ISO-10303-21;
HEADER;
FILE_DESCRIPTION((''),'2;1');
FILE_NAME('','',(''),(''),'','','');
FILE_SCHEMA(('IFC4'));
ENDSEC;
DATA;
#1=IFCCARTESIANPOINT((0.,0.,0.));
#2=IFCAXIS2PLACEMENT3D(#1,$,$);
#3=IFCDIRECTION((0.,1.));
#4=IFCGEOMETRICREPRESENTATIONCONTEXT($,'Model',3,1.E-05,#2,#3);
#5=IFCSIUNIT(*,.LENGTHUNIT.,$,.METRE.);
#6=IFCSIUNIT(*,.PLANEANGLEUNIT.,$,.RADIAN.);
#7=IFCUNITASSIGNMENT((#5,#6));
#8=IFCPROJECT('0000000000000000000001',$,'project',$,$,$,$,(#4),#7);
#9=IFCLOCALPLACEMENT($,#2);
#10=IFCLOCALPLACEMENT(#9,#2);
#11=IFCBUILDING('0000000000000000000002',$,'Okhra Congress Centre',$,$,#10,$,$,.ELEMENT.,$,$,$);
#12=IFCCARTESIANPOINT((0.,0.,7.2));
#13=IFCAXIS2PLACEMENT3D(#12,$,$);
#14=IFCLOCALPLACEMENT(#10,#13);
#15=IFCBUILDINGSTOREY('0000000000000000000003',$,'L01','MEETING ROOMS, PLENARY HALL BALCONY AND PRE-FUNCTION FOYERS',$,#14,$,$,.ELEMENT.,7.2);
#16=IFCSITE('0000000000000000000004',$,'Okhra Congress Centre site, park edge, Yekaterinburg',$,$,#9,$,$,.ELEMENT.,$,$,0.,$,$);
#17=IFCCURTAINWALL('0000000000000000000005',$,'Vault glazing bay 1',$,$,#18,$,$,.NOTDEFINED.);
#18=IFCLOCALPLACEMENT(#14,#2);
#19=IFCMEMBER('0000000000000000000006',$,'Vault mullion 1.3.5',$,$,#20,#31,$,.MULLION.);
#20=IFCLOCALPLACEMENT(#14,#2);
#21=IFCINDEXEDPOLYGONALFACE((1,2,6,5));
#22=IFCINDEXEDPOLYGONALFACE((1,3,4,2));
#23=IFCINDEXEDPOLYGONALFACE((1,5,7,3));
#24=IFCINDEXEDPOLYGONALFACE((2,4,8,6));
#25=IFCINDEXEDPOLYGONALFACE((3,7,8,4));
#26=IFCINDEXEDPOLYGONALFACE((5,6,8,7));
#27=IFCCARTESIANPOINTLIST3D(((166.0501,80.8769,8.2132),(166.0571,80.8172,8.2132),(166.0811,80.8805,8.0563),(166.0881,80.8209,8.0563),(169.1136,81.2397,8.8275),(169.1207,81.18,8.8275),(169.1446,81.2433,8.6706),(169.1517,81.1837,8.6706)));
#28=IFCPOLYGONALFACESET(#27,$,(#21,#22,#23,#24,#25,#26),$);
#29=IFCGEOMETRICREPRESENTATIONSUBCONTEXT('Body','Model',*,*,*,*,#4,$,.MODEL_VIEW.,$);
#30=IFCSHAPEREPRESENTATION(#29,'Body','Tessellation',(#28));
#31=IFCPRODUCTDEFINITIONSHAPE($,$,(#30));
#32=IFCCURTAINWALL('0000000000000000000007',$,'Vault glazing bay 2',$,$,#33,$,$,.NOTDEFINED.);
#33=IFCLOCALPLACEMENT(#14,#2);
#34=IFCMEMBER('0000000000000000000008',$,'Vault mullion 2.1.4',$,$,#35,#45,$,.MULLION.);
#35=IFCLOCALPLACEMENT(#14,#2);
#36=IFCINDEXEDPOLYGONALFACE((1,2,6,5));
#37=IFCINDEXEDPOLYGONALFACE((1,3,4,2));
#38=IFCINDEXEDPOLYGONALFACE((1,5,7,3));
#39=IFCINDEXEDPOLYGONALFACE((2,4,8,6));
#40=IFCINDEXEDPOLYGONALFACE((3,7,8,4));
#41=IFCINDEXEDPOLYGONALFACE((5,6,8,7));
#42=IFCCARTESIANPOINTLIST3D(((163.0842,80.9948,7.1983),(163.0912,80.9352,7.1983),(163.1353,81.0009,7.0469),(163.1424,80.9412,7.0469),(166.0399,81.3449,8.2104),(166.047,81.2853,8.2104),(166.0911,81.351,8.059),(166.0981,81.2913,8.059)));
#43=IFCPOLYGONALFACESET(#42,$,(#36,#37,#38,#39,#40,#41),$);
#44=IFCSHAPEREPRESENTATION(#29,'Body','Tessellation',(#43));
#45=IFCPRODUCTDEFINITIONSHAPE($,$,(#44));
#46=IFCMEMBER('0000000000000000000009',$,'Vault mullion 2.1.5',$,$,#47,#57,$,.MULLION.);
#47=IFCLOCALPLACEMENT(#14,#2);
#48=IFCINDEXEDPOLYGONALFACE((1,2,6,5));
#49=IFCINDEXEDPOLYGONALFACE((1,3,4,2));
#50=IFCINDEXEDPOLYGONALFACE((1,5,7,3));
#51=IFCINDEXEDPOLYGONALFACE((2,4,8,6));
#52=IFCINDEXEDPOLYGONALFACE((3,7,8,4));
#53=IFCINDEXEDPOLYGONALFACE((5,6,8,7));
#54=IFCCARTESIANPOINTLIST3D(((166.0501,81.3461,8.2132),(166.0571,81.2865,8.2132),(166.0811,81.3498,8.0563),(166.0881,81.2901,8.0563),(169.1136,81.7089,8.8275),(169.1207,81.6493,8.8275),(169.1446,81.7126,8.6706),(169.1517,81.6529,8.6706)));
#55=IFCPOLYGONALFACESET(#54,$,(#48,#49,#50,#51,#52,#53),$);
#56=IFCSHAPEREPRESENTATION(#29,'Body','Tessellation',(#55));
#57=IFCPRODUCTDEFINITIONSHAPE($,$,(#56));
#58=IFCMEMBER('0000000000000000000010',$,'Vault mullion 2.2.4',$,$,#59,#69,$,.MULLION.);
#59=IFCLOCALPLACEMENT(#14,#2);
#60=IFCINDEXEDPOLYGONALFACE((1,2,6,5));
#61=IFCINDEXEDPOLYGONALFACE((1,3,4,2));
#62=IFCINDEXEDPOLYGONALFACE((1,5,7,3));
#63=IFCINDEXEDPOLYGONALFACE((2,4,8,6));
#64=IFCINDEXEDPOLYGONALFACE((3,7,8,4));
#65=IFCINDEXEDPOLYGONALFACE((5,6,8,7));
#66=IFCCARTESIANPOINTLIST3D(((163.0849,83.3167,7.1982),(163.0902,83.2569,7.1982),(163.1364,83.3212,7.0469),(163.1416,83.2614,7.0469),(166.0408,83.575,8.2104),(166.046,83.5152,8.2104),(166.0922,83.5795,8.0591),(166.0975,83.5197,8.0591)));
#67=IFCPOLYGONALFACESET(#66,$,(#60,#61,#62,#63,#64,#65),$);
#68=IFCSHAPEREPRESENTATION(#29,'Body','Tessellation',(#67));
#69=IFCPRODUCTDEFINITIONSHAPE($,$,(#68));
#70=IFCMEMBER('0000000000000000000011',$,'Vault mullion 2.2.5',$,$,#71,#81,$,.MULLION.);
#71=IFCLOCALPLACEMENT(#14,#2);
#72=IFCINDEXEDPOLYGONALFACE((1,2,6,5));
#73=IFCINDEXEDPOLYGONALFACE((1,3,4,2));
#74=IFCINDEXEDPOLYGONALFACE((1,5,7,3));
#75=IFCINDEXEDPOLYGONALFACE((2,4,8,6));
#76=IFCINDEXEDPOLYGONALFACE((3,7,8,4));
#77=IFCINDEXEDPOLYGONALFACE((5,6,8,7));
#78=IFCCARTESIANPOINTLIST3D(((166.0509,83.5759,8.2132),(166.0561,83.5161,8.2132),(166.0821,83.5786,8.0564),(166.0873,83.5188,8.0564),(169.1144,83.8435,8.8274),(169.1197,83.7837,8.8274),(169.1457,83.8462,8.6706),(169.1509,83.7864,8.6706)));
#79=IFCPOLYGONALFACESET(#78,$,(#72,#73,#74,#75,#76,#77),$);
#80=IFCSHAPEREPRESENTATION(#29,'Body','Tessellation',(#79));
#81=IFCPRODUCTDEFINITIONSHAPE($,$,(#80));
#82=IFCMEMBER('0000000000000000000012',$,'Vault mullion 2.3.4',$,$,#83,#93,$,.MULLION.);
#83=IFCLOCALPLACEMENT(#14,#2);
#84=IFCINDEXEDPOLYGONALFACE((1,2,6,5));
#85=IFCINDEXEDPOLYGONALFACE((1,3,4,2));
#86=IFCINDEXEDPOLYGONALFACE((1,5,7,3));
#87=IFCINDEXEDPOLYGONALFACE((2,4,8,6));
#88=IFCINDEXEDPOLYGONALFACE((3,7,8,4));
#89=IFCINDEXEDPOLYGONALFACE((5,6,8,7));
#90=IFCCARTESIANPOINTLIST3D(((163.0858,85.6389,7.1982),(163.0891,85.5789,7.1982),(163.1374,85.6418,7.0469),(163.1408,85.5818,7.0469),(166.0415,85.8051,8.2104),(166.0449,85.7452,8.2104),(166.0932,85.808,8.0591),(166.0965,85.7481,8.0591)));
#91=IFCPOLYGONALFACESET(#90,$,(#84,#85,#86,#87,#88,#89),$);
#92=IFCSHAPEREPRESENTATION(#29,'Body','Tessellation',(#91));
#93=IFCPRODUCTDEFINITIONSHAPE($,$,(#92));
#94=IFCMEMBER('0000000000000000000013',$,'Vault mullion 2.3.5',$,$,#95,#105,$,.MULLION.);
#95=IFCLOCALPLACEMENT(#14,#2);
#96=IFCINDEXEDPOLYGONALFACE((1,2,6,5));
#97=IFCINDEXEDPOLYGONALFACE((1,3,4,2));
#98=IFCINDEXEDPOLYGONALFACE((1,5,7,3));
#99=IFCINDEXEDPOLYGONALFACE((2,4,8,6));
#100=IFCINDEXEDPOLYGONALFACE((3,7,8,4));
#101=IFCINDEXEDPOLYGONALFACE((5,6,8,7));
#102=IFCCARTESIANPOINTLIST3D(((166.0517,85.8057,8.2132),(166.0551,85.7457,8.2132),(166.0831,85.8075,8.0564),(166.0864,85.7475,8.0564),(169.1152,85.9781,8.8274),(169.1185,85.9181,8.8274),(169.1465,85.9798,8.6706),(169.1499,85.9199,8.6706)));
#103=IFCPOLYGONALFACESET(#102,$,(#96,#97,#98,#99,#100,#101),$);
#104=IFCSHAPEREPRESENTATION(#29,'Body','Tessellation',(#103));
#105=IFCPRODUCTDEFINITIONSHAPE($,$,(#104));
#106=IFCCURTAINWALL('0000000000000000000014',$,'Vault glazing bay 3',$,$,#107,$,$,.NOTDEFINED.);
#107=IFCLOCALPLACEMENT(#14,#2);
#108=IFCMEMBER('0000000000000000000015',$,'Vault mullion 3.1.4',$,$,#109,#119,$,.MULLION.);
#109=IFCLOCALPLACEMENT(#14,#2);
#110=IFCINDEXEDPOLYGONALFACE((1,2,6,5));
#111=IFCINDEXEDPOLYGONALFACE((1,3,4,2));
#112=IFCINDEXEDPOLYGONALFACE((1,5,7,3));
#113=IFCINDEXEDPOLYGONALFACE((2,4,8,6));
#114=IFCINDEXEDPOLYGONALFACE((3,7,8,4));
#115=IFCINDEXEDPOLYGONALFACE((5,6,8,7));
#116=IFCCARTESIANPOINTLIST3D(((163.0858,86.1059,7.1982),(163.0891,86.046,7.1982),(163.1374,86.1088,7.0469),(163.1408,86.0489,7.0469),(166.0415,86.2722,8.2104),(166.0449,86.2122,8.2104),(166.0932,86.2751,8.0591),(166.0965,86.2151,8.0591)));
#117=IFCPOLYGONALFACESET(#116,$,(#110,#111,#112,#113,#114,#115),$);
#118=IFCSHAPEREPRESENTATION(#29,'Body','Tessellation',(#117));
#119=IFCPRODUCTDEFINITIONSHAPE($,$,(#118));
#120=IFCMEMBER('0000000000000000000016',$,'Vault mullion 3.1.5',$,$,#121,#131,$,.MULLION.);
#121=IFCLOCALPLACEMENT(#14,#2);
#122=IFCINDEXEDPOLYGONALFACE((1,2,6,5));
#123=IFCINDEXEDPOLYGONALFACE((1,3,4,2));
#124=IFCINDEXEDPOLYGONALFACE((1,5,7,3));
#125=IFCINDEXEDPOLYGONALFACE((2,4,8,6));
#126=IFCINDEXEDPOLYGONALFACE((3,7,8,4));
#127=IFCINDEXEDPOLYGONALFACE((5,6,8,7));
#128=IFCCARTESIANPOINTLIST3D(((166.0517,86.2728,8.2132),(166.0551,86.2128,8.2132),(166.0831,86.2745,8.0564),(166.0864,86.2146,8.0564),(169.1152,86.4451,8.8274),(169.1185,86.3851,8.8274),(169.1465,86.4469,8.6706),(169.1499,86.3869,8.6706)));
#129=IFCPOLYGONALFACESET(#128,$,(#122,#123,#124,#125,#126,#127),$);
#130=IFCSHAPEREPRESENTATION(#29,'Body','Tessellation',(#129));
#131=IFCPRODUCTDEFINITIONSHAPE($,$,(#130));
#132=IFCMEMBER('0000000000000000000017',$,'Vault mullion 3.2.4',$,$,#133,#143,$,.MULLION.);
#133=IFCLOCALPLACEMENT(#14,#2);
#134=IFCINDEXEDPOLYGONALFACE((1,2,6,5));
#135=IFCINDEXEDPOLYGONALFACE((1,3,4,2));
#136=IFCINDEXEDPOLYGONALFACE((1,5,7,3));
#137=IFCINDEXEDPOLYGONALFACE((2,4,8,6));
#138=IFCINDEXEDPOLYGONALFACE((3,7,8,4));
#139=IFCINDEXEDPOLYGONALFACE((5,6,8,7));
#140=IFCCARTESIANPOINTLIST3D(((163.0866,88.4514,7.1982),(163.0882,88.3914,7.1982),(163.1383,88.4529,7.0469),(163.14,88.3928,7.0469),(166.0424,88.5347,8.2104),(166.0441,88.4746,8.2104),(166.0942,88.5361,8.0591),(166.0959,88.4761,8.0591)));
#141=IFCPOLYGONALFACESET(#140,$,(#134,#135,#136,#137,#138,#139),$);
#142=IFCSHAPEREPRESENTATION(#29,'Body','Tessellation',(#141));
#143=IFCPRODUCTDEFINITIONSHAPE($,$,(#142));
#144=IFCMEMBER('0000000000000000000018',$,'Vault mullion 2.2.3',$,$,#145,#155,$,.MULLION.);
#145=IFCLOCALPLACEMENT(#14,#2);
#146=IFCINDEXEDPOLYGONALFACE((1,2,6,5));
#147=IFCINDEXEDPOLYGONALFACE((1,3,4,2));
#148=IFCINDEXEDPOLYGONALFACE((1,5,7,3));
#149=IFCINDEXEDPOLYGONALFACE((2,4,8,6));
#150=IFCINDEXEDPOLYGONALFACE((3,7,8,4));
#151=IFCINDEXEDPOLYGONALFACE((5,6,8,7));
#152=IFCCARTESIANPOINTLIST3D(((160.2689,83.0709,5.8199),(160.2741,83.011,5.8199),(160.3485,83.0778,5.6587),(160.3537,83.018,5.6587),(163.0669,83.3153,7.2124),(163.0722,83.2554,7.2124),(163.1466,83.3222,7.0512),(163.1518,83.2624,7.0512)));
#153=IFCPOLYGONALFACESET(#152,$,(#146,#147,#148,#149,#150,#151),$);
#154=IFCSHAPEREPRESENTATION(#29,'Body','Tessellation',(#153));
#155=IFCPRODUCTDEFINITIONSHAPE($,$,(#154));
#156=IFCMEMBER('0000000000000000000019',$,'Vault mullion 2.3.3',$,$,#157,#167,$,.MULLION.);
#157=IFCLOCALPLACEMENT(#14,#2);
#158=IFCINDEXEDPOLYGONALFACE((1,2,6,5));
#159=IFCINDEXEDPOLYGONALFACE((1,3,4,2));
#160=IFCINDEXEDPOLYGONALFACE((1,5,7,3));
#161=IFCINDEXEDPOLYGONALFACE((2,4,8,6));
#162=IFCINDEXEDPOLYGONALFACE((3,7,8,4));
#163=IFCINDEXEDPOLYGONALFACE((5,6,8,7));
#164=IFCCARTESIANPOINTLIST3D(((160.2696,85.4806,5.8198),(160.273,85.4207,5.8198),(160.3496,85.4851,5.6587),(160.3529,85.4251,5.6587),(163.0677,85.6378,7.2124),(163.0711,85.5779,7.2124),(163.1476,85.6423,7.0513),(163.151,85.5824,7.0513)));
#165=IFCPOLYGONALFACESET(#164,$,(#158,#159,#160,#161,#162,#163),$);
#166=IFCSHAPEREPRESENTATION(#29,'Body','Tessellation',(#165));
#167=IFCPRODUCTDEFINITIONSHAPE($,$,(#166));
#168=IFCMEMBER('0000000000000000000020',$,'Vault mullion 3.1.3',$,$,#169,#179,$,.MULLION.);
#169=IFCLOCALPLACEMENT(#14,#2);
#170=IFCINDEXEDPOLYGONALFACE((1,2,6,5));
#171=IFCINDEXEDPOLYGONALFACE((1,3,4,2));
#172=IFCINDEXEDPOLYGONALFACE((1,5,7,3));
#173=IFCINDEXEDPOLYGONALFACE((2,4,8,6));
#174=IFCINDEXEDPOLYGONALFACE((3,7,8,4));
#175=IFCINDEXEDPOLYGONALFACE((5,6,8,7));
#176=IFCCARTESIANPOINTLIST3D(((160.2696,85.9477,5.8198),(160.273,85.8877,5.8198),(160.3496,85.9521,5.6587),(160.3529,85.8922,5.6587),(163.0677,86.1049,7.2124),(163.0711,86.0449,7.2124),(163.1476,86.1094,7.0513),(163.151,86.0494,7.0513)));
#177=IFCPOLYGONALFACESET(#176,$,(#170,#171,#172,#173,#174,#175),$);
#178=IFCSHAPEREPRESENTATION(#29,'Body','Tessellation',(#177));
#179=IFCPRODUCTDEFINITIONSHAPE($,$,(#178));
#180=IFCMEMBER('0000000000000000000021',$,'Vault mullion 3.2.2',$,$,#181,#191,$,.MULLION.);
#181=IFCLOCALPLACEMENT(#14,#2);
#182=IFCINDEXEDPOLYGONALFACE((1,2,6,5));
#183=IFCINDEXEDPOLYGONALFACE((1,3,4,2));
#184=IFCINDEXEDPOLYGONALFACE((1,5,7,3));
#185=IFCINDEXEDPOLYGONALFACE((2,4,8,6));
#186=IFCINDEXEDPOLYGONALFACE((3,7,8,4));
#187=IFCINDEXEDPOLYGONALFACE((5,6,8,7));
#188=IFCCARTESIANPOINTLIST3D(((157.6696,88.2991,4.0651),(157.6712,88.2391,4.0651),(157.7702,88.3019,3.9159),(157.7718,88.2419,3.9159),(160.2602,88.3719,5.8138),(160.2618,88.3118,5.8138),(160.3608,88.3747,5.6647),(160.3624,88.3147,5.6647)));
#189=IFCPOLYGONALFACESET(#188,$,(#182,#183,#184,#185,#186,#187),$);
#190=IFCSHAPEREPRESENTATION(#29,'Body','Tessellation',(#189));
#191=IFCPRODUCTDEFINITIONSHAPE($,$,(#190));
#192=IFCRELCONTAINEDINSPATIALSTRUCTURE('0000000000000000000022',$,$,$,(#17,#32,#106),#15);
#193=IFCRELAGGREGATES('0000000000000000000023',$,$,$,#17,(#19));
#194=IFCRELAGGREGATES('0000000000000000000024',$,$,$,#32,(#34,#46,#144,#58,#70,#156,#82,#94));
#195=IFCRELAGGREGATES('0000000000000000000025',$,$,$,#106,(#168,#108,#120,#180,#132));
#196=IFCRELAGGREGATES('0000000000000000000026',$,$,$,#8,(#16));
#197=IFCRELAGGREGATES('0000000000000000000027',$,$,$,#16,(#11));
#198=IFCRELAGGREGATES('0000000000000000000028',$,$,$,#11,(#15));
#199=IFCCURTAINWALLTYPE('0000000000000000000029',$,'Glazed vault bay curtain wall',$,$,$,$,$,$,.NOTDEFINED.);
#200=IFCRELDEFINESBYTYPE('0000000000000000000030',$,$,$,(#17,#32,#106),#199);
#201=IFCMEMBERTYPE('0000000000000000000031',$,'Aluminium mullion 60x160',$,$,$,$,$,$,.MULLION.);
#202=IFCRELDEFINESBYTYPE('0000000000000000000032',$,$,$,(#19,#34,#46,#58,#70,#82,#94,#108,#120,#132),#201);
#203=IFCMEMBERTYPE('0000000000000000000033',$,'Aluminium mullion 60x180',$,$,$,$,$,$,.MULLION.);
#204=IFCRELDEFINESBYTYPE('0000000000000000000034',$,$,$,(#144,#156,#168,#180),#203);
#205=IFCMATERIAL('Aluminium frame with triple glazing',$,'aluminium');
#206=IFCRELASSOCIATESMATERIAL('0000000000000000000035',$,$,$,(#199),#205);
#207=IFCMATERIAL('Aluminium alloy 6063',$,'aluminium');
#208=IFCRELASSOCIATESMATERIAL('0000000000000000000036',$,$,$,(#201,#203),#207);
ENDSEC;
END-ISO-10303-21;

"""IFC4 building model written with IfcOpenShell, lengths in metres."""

from ifc_helpers import new_model, si_unit, direction, frame, origin, origin_2d, place, context, subcontext, project, spatial, rectangle, extrude, material, material_profile, profile_set, type_object, element, aggregate, save


model = new_model("IFC4")

# Units and contexts
model_context = context("Model", 3, precision=1e-05, world=origin(), true_north=direction((0.0, 1.0)))
body_context = subcontext(model_context, "Body", "Model", "MODEL_VIEW")
ifc_project = project(units=[si_unit("LENGTHUNIT", "METRE"), si_unit("PLANEANGLEUNIT", "RADIAN")], contexts=[model_context])

# Site, building, storey
site_placement = place(None, origin())
site = spatial("IfcSite", under=ifc_project, at=site_placement, Name="Okhra Congress Centre site, park edge, Yekaterinburg", CompositionType="ELEMENT", RefElevation=0.0)
building_placement = place(site_placement, origin())
building = spatial("IfcBuilding", under=site, at=building_placement, Name="Okhra Congress Centre", CompositionType="ELEMENT")
storey_placement = place(building_placement, frame((0.0, 0.0, 7.2)))
storey = spatial("IfcBuildingStorey", under=building, at=storey_placement, Name="L01", Description="MEETING ROOMS, PLENARY HALL BALCONY AND PRE-FUNCTION FOYERS", CompositionType="ELEMENT", Elevation=7.2)

# Curtain wall, member
ifc_material_1 = material(Name="Aluminium frame with triple glazing", Category="aluminium")
curtain_wall_type = type_object("IfcCurtainWallType", Name="Glazed vault bay curtain wall", PredefinedType="NOTDEFINED", material=ifc_material_1)
curtain_wall_1_placement = place(storey_placement, origin())
curtain_wall_1 = element("IfcCurtainWall", 1, at=curtain_wall_1_placement, inside=storey, type_object=curtain_wall_type, Name="Vault glazing bay 1", PredefinedType="NOTDEFINED")
ifc_material_2 = material(Name="Aluminium alloy 6063", Category="aluminium")
ifc_material_profile_1 = material_profile(ifc_material_2, rectangle(XDim=0.0601, YDim=0.1599, at=origin_2d()), Name="AL 60x160")
ifc_profile_set_1 = profile_set([ifc_material_profile_1], Name="Aluminium alloy 6063")
member_type_1 = type_object("IfcMemberType", Name="Aluminium mullion 60x160", PredefinedType="MULLION", material=ifc_profile_set_1)
member_1_placement = place(storey_placement, frame((166.0691, 80.8489, 8.1348), z_axis=(0.973941, 0.115339, 0.195285), x_axis=(-0.117603, 0.993061, 0.0)))
member_1 = element("IfcMember", 2, at=member_1_placement, type_object=member_type_1, Name="Vault mullion 1.3.5", PredefinedType="MULLION", context=body_context, shape_type="SweptSolid", body=[
    extrude(rectangle(XDim=0.0601, YDim=0.1599, at=origin_2d()), origin(), (0.0, 0.0, 1.0), 3.1455),
])
aggregate(curtain_wall_1, [member_1])

# Curtain walls, members
curtain_wall_2_placement = place(storey_placement, origin())
curtain_wall_2 = element("IfcCurtainWall", 3, at=curtain_wall_2_placement, inside=storey, type_object=curtain_wall_type, Name="Vault glazing bay 2", PredefinedType="NOTDEFINED")
member_2_placement = place(storey_placement, frame((163.1133, 80.968, 7.1226), z_axis=(0.940181, 0.111359, 0.321962), x_axis=(-0.117622, 0.993058, 0.0)))
member_2 = element("IfcMember", 4, at=member_2_placement, type_object=member_type_1, Name="Vault mullion 2.1.4", PredefinedType="MULLION", context=body_context, shape_type="SweptSolid", body=[
    extrude(rectangle(XDim=0.0601, YDim=0.1599, at=origin_2d()), origin(), (0.0, 0.0, 1.0), 3.1438),
])
member_3_placement = place(storey_placement, frame((166.0691, 81.3181, 8.1348), z_axis=(0.973941, 0.115339, 0.195285), x_axis=(-0.117603, 0.993061, 0.0)))
member_3 = element("IfcMember", 5, at=member_3_placement, type_object=member_type_1, Name="Vault mullion 2.1.5", PredefinedType="MULLION", context=body_context, shape_type="SweptSolid", body=[
    extrude(rectangle(XDim=0.0601, YDim=0.1599, at=origin_2d()), origin(), (0.0, 0.0, 1.0), 3.1455),
])
member_4_placement = place(storey_placement, frame((163.1133, 83.2891, 7.1226), z_axis=(0.942848, 0.082393, 0.322875), x_axis=(-0.087056, 0.996203, 0.0)))
member_4 = element("IfcMember", 6, at=member_4_placement, type_object=member_type_1, Name="Vault mullion 2.2.4", PredefinedType="MULLION", context=body_context, shape_type="SweptSolid", body=[
    extrude(rectangle(XDim=0.0601, YDim=0.1599, at=origin_2d()), origin(), (0.0, 0.0, 1.0), 3.135),
])
member_5_placement = place(storey_placement, frame((166.0691, 83.5474, 8.1348), z_axis=(0.976909, 0.085328, 0.19588), x_axis=(-0.087013, 0.996207, 0.0)))
member_5 = element("IfcMember", 7, at=member_5_placement, type_object=member_type_1, Name="Vault mullion 2.2.5", PredefinedType="MULLION", context=body_context, shape_type="SweptSolid", body=[
    extrude(rectangle(XDim=0.0601, YDim=0.1599, at=origin_2d()), origin(), (0.0, 0.0, 1.0), 3.136),
])
member_6_placement = place(storey_placement, frame((163.1133, 85.6104, 7.1226), z_axis=(0.944728, 0.05314, 0.323519), x_axis=(-0.05616, 0.998422, 0.0)))
member_6 = element("IfcMember", 8, at=member_6_placement, type_object=member_type_1, Name="Vault mullion 2.3.4", PredefinedType="MULLION", context=body_context, shape_type="SweptSolid", body=[
    extrude(rectangle(XDim=0.0601, YDim=0.1599, at=origin_2d()), origin(), (0.0, 0.0, 1.0), 3.1287),
])
member_7_placement = place(storey_placement, frame((166.0691, 85.7766, 8.1348), z_axis=(0.978996, 0.055082, 0.196298), x_axis=(-0.056175, 0.998421, 0.0)))
member_7 = element("IfcMember", 9, at=member_7_placement, type_object=member_type_1, Name="Vault mullion 2.3.5", PredefinedType="MULLION", context=body_context, shape_type="SweptSolid", body=[
    extrude(rectangle(XDim=0.0601, YDim=0.1599, at=origin_2d()), origin(), (0.0, 0.0, 1.0), 3.1292),
])
curtain_wall_3_placement = place(storey_placement, origin())
curtain_wall_3 = element("IfcCurtainWall", 10, at=curtain_wall_3_placement, inside=storey, type_object=curtain_wall_type, Name="Vault glazing bay 3", PredefinedType="NOTDEFINED")
member_8_placement = place(storey_placement, frame((163.1133, 86.0774, 7.1226), z_axis=(0.944728, 0.05314, 0.323519), x_axis=(-0.05616, 0.998422, 0.0)))
member_8 = element("IfcMember", 11, at=member_8_placement, type_object=member_type_1, Name="Vault mullion 3.1.4", PredefinedType="MULLION", context=body_context, shape_type="SweptSolid", body=[
    extrude(rectangle(XDim=0.0601, YDim=0.1599, at=origin_2d()), origin(), (0.0, 0.0, 1.0), 3.1287),
])
member_9_placement = place(storey_placement, frame((166.0691, 86.2437, 8.1348), z_axis=(0.978996, 0.055082, 0.196298), x_axis=(-0.056175, 0.998421, 0.0)))
member_9 = element("IfcMember", 12, at=member_9_placement, type_object=member_type_1, Name="Vault mullion 3.1.5", PredefinedType="MULLION", context=body_context, shape_type="SweptSolid", body=[
    extrude(rectangle(XDim=0.0601, YDim=0.1599, at=origin_2d()), origin(), (0.0, 0.0, 1.0), 3.1292),
])
member_10_placement = place(storey_placement, frame((163.1133, 88.4221, 7.1226), z_axis=(0.945729, 0.026637, 0.323862), x_axis=(-0.028154, 0.999604, 0.0)))
member_10 = element("IfcMember", 13, at=member_10_placement, type_object=member_type_1, Name="Vault mullion 3.2.4", PredefinedType="MULLION", context=body_context, shape_type="SweptSolid", body=[
    extrude(rectangle(XDim=0.0601, YDim=0.1599, at=origin_2d()), origin(), (0.0, 0.0, 1.0), 3.1255),
])

# Members
ifc_material_profile_2 = material_profile(ifc_material_2, rectangle(XDim=0.0601, YDim=0.1799, at=origin_2d()), Name="AL 60x180")
ifc_profile_set_2 = profile_set([ifc_material_profile_2], Name="Aluminium alloy 6063")
member_type_2 = type_object("IfcMemberType", Name="Aluminium mullion 60x180", PredefinedType="MULLION", material=ifc_profile_set_2)
member_11_placement = place(storey_placement, frame((160.3113, 83.0444, 5.7393), z_axis=(0.892529, 0.077953, 0.444201), x_axis=(-0.087008, 0.996208, 0.0)))
member_11 = element("IfcMember", 14, at=member_11_placement, type_object=member_type_2, Name="Vault mullion 2.2.3", PredefinedType="MULLION", context=body_context, shape_type="SweptSolid", body=[
    extrude(rectangle(XDim=0.0601, YDim=0.1799, at=origin_2d()), origin(), (0.0, 0.0, 1.0), 3.135),
])
member_12_placement = place(storey_placement, frame((160.3113, 85.4529, 5.7393), z_axis=(0.894123, 0.050241, 0.444994), x_axis=(-0.056102, 0.998425, 0.0)))
member_12 = element("IfcMember", 15, at=member_12_placement, type_object=member_type_2, Name="Vault mullion 2.3.3", PredefinedType="MULLION", context=body_context, shape_type="SweptSolid", body=[
    extrude(rectangle(XDim=0.0601, YDim=0.1799, at=origin_2d()), origin(), (0.0, 0.0, 1.0), 3.1294),
])
member_13_placement = place(storey_placement, frame((160.3113, 85.9199, 5.7393), z_axis=(0.894123, 0.050241, 0.444994), x_axis=(-0.056102, 0.998425, 0.0)))
member_13 = element("IfcMember", 16, at=member_13_placement, type_object=member_type_2, Name="Vault mullion 3.1.3", PredefinedType="MULLION", context=body_context, shape_type="SweptSolid", body=[
    extrude(rectangle(XDim=0.0601, YDim=0.1799, at=origin_2d()), origin(), (0.0, 0.0, 1.0), 3.1294),
])
member_14_placement = place(storey_placement, frame((157.7207, 88.2705, 3.9905), z_axis=(0.828603, 0.023271, 0.559352), x_axis=(-0.028073, 0.999606, 0.0)))
member_14 = element("IfcMember", 17, at=member_14_placement, type_object=member_type_2, Name="Vault mullion 3.2.2", PredefinedType="MULLION", context=body_context, shape_type="SweptSolid", body=[
    extrude(rectangle(XDim=0.0601, YDim=0.1799, at=origin_2d()), origin(), (0.0, 0.0, 1.0), 3.1265),
])

aggregate(curtain_wall_2, [member_2, member_3, member_11, member_4, member_5, member_12, member_6, member_7])
aggregate(curtain_wall_3, [member_13, member_8, member_9, member_14, member_10])

save(model, "model.ifc")
